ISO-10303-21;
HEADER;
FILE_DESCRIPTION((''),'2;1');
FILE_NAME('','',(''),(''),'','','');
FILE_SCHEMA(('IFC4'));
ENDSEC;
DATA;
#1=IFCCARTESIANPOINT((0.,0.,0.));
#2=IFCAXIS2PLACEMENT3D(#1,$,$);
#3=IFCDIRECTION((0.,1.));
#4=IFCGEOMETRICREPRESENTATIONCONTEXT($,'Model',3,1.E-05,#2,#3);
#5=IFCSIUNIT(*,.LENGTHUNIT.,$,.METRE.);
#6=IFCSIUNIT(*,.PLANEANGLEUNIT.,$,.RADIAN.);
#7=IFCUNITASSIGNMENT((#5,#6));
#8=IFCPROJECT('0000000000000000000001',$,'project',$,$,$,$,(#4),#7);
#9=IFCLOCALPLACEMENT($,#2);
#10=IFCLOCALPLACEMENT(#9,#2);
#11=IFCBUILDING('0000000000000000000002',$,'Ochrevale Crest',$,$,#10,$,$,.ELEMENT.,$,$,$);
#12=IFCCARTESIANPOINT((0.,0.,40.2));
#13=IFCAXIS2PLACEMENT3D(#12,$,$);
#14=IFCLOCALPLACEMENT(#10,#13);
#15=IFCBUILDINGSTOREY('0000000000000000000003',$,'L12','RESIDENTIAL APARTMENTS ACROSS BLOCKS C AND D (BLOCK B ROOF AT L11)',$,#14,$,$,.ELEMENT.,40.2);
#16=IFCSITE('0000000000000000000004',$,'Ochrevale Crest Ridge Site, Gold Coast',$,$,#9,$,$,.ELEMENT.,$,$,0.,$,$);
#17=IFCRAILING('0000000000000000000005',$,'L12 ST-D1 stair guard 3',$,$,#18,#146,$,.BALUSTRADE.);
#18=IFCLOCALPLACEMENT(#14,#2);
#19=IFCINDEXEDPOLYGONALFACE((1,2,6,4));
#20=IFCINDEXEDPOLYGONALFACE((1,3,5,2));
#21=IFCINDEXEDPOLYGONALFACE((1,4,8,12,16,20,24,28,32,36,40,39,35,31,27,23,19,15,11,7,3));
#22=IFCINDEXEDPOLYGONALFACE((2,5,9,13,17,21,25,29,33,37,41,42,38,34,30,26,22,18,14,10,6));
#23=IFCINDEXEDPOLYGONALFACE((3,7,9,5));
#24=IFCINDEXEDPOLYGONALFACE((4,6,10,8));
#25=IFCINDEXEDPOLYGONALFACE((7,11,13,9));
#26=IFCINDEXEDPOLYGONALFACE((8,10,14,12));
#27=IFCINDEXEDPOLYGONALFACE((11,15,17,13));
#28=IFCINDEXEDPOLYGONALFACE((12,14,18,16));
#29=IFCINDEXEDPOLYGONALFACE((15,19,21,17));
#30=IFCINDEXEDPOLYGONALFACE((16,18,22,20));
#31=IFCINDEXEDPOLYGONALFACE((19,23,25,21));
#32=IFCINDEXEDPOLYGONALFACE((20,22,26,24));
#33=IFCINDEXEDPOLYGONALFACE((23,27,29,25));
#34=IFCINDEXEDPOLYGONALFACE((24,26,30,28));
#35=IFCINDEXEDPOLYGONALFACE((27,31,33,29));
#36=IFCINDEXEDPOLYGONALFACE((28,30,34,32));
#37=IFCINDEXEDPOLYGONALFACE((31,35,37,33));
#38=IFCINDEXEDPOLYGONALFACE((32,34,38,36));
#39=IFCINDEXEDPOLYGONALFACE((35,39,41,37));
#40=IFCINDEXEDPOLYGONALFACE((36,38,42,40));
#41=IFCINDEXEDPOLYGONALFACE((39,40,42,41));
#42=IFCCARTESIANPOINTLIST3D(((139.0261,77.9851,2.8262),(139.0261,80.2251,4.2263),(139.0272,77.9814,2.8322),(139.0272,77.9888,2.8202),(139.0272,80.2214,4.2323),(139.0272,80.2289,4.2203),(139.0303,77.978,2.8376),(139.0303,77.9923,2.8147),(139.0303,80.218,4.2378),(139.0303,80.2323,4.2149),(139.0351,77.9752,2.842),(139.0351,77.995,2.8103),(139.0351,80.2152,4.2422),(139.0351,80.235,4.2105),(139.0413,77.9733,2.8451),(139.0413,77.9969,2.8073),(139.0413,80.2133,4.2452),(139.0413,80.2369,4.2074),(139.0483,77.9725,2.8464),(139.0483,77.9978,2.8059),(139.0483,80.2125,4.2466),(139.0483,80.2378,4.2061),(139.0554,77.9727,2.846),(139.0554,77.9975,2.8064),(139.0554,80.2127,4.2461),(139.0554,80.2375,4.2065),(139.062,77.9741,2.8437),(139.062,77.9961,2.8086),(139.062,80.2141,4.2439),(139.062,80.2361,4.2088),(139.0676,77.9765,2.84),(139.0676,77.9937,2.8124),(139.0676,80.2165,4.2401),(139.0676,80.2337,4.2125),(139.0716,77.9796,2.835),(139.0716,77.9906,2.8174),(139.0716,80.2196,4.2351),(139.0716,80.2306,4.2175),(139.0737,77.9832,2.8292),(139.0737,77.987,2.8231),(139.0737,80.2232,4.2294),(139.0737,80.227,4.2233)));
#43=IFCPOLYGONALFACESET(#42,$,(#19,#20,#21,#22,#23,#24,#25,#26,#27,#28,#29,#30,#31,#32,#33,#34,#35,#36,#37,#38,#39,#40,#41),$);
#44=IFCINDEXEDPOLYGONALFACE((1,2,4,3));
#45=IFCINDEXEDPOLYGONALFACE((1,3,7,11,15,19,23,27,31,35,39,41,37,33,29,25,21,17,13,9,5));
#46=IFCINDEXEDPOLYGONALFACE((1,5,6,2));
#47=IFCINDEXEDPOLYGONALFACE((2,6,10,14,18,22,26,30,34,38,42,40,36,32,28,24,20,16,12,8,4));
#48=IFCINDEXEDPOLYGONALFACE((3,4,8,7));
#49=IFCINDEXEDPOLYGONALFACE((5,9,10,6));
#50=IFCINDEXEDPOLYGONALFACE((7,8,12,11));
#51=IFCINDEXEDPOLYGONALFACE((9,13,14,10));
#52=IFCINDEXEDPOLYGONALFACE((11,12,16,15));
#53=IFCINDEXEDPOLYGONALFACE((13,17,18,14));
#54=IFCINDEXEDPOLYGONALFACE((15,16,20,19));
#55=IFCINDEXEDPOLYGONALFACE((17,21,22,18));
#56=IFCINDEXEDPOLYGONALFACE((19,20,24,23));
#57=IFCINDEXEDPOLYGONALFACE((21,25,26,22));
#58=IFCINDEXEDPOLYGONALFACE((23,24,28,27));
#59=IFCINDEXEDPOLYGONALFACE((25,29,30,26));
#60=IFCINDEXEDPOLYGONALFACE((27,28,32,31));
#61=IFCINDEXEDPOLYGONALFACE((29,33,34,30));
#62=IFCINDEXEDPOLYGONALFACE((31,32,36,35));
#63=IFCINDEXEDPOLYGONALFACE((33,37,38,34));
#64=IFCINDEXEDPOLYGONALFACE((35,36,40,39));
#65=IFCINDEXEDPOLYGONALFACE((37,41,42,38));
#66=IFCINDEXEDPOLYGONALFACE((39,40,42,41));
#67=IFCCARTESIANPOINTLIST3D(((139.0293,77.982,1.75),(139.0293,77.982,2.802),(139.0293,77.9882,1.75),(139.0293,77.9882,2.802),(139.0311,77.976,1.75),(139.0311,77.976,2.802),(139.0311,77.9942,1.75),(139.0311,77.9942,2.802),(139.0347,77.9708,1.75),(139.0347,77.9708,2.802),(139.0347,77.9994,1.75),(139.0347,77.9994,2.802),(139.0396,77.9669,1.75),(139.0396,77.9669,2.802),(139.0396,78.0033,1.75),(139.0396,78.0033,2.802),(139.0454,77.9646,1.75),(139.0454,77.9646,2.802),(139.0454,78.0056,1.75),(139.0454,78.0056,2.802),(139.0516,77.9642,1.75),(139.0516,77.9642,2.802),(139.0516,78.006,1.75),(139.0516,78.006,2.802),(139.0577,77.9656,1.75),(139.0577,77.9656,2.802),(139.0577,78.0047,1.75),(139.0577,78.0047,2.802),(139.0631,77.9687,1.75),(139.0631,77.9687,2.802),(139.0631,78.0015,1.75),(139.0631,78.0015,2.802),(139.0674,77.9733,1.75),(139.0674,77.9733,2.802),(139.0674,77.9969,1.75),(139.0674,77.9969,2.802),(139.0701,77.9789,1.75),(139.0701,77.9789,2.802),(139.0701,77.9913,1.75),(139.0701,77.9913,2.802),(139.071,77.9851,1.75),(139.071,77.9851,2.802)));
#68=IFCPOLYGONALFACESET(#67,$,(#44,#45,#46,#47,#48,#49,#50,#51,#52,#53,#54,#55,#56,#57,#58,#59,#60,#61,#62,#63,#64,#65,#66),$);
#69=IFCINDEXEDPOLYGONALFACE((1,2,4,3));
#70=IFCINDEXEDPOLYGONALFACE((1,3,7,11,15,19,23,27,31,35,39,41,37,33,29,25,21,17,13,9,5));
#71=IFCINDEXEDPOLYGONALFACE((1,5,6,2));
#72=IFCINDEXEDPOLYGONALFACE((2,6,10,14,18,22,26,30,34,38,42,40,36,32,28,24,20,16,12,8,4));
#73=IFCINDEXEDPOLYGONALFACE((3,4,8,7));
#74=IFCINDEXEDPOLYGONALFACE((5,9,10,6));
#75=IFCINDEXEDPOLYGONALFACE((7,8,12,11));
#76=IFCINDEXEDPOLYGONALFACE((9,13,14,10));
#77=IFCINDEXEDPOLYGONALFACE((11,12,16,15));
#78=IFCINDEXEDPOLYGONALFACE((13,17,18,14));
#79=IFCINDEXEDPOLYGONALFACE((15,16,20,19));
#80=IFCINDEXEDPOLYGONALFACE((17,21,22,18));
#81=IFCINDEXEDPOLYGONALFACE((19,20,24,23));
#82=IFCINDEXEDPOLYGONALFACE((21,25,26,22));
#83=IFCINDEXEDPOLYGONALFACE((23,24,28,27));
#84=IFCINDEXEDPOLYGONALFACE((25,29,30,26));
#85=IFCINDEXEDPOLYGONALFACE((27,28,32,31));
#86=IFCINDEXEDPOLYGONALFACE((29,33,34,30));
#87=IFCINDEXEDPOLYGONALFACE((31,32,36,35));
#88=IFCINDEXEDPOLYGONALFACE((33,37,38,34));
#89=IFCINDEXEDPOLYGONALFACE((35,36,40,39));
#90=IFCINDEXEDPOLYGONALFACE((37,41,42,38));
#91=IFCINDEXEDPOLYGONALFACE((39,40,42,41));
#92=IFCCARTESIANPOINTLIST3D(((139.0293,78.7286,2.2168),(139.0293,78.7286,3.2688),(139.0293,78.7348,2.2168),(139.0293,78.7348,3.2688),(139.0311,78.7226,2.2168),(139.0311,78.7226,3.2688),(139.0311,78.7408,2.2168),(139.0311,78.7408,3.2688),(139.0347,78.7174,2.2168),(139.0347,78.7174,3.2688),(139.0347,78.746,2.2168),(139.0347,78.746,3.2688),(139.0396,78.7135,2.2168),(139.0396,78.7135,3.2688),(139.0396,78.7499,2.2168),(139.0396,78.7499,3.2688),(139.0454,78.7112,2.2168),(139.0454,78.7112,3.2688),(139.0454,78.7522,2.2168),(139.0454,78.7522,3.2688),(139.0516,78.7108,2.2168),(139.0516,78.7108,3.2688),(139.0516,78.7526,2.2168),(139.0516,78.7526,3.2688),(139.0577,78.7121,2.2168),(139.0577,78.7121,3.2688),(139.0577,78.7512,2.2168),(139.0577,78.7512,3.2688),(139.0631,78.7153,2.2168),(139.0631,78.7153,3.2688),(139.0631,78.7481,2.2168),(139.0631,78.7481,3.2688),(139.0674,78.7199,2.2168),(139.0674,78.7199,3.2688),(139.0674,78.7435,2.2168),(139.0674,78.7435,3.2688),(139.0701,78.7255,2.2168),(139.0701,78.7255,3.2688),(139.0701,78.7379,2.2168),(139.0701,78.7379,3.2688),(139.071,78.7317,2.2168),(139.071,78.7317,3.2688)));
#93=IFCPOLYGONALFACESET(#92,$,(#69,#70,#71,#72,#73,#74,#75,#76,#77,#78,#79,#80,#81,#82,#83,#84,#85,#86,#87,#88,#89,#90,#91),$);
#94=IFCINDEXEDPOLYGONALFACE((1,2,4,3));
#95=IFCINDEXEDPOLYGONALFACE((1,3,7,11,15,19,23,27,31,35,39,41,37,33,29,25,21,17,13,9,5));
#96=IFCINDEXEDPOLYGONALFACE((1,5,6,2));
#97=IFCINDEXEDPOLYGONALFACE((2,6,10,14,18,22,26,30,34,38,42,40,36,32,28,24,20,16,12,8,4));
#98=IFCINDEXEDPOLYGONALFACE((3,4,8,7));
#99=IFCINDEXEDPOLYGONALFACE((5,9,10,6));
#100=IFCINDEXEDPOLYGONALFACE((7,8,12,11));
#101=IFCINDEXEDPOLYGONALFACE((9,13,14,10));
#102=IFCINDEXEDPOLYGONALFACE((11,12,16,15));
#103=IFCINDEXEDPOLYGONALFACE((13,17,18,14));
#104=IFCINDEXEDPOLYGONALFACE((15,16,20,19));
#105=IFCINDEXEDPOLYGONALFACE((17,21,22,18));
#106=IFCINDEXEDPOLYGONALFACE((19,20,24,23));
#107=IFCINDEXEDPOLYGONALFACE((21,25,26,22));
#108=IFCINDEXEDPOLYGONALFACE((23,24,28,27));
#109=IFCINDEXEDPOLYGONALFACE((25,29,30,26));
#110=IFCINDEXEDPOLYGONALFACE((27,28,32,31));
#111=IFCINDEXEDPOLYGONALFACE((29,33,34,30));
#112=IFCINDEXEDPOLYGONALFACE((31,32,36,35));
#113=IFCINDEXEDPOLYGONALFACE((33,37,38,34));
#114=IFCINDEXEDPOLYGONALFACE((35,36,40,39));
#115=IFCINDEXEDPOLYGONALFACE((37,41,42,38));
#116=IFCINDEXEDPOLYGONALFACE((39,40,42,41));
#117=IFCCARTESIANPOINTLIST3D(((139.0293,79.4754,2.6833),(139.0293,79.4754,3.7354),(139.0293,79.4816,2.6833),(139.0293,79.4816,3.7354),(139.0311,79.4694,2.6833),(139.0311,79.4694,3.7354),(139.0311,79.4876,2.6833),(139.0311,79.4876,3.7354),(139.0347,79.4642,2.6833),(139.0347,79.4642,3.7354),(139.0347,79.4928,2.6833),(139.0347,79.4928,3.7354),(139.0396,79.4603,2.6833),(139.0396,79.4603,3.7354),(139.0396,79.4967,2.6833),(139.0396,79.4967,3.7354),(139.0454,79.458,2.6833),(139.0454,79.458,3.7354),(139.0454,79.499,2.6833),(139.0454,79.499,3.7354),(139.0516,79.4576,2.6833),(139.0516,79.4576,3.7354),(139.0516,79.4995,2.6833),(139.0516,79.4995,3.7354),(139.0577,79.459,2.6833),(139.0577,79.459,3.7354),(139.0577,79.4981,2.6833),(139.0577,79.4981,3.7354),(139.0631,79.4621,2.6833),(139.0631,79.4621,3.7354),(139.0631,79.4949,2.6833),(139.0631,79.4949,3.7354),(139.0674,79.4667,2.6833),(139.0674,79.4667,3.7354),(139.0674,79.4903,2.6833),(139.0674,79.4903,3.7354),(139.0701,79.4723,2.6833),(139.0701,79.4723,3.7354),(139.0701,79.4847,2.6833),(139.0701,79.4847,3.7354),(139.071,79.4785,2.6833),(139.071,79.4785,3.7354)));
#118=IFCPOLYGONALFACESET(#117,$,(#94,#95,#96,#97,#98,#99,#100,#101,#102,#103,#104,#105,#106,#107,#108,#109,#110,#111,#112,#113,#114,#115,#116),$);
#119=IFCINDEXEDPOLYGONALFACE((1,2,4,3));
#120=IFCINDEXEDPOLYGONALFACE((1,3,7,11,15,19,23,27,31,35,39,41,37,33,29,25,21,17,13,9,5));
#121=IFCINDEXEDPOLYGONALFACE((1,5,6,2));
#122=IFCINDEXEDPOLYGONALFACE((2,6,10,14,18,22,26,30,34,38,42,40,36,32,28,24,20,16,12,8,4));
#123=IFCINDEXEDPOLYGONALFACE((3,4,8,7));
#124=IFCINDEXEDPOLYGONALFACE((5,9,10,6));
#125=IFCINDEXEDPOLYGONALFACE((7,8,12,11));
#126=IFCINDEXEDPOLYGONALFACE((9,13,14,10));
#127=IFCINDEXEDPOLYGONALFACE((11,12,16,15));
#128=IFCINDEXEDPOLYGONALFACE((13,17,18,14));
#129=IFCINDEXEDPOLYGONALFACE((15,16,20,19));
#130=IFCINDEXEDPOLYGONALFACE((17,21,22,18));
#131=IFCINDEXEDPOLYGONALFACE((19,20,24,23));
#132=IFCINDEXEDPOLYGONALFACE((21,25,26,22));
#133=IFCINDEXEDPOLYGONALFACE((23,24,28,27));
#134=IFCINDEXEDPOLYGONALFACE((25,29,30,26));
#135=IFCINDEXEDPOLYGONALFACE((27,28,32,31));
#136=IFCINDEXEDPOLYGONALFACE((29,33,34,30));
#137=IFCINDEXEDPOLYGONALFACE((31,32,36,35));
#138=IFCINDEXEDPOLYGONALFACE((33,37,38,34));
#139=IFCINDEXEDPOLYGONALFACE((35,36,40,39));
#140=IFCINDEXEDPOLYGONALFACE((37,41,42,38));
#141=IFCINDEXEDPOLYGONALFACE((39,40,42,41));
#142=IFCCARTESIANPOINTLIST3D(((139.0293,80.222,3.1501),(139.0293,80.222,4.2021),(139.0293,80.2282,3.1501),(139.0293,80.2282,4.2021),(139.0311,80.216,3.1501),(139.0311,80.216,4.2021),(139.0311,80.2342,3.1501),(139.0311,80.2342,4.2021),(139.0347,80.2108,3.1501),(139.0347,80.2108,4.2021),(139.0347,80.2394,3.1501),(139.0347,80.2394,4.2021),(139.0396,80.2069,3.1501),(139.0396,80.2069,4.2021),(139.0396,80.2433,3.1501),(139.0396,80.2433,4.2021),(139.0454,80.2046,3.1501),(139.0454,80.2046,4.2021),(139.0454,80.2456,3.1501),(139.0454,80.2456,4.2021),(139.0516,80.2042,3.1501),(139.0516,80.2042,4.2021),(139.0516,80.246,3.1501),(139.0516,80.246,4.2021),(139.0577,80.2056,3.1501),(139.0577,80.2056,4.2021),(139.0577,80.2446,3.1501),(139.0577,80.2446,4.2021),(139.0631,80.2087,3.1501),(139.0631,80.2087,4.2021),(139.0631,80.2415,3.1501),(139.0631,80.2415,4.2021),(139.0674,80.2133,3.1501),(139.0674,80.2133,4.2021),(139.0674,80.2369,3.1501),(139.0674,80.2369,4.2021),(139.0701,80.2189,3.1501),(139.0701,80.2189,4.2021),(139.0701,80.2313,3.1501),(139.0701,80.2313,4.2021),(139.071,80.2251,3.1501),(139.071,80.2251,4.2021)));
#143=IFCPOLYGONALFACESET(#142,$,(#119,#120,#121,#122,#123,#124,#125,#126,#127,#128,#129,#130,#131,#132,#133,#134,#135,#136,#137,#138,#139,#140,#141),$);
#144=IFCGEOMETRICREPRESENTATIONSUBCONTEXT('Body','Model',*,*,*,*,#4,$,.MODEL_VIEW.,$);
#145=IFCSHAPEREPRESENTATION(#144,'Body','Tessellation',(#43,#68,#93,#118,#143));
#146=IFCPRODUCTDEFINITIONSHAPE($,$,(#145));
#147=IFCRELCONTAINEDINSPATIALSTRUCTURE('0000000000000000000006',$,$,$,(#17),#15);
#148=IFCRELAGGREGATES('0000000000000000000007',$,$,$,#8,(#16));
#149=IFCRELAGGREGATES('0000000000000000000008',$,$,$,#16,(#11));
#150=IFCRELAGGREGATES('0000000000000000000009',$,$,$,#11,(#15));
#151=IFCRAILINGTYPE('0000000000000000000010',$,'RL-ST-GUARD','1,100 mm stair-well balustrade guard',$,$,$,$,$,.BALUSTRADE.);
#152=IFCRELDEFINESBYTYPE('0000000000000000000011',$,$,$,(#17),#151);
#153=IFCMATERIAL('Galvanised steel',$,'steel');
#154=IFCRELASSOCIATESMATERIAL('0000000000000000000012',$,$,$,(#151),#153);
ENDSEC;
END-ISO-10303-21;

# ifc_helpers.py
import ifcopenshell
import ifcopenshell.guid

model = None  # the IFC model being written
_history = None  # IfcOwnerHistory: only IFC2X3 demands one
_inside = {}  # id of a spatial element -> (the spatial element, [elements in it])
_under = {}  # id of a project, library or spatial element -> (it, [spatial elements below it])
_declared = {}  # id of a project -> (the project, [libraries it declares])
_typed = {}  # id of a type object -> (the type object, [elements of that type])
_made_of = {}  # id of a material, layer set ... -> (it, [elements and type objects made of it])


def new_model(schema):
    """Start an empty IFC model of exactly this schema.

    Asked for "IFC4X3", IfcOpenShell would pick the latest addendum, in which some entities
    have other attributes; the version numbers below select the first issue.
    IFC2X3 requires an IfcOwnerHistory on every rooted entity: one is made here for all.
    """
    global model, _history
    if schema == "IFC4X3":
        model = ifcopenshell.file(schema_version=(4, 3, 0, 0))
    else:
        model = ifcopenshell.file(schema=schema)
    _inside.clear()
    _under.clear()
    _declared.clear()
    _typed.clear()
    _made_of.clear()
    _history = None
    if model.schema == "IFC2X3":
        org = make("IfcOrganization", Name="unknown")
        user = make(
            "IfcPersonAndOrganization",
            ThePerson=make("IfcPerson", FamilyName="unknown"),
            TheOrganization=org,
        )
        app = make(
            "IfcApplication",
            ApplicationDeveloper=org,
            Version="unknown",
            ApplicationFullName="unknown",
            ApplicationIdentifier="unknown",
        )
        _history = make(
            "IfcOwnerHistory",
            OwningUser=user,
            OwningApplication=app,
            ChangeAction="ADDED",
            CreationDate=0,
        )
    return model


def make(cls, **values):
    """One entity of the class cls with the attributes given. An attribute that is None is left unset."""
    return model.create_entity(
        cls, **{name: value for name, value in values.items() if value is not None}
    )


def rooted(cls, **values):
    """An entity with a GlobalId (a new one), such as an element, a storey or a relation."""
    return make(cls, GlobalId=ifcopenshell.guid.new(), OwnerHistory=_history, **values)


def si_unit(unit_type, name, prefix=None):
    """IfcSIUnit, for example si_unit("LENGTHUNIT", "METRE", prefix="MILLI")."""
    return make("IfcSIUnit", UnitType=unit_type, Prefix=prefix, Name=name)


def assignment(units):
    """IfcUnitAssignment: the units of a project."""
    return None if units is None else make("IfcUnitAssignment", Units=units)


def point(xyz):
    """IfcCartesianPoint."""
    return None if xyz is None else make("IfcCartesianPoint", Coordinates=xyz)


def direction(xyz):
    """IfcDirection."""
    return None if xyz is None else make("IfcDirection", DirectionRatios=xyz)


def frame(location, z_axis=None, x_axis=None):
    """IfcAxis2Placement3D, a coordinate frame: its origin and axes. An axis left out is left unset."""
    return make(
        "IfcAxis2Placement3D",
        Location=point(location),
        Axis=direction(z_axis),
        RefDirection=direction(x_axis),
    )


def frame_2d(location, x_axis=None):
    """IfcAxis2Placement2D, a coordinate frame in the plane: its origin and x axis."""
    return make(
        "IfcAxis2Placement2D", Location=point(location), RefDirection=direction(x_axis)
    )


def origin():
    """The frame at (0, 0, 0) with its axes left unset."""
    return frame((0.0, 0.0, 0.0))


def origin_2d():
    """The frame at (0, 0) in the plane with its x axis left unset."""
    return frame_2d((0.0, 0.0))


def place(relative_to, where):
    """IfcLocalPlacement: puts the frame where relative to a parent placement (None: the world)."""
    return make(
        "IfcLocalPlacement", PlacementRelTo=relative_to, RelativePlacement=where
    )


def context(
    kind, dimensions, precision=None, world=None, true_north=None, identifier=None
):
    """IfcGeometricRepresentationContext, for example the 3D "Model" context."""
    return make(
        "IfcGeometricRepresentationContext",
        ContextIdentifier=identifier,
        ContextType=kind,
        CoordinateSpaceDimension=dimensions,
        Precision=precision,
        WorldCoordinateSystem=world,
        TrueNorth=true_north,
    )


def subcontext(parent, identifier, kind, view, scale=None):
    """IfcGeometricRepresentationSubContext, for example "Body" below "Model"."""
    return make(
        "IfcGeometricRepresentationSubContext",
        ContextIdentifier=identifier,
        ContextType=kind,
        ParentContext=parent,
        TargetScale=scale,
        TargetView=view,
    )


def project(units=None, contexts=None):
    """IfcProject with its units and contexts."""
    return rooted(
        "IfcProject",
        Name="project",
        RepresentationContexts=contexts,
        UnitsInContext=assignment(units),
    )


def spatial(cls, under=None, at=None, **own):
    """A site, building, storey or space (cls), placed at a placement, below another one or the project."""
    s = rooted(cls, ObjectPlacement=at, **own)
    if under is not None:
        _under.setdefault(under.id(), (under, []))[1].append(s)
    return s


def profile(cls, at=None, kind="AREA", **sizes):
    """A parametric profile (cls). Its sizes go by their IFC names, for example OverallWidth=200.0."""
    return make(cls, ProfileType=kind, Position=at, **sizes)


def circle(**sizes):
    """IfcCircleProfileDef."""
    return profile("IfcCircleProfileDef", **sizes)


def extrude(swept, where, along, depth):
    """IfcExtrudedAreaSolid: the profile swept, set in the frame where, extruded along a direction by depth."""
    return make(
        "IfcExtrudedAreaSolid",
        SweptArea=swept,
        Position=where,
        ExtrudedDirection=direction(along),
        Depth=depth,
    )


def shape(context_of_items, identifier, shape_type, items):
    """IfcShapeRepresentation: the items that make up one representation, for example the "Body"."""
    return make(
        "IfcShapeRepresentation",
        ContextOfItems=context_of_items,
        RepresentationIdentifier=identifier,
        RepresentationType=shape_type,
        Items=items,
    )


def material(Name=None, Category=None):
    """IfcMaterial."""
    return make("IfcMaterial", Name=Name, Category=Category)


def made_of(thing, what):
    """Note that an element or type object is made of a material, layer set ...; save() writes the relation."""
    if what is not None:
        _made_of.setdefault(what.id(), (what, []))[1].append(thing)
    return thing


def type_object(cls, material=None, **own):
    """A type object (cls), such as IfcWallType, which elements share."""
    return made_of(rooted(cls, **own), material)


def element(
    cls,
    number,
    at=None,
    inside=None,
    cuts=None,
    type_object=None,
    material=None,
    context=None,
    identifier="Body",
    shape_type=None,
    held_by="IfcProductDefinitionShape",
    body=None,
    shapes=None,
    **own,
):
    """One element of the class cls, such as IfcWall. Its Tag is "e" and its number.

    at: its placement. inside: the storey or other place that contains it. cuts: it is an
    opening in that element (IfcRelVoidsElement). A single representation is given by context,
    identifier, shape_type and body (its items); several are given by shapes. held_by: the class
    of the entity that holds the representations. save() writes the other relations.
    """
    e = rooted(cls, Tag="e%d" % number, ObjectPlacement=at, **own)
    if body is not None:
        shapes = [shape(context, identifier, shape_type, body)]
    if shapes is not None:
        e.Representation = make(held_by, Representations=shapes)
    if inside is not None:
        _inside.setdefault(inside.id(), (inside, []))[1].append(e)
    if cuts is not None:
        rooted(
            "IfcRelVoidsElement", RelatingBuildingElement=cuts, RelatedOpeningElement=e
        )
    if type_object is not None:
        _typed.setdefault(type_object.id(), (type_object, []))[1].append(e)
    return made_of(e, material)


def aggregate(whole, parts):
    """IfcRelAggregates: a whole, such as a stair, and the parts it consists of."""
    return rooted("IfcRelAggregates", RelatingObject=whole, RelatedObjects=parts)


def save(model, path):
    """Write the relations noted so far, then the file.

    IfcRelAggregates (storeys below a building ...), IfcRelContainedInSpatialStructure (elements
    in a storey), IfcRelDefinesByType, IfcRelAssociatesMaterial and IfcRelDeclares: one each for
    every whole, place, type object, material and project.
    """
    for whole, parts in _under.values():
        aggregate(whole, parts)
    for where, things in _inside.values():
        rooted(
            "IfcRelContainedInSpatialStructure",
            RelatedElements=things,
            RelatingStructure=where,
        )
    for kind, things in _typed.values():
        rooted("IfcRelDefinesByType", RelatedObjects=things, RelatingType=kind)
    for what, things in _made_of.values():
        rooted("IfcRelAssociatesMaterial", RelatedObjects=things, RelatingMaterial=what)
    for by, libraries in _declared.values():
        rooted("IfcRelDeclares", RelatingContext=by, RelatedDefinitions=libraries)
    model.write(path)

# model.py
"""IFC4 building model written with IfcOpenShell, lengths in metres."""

from ifc_helpers import new_model, si_unit, direction, frame, origin, origin_2d, place, context, subcontext, project, spatial, circle, extrude, material, type_object, element, save


model = new_model("IFC4")

# Units and contexts
model_context = context("Model", 3, precision=1e-05, world=origin(), true_north=direction((0.0, 1.0)))
body_context = subcontext(model_context, "Body", "Model", "MODEL_VIEW")
ifc_project = project(units=[si_unit("LENGTHUNIT", "METRE"), si_unit("PLANEANGLEUNIT", "RADIAN")], contexts=[model_context])

# Site, building, storey
site_placement = place(None, origin())
site = spatial("IfcSite", under=ifc_project, at=site_placement, Name="Ochrevale Crest Ridge Site, Gold Coast", CompositionType="ELEMENT", RefElevation=0.0)
building_placement = place(site_placement, origin())
building = spatial("IfcBuilding", under=site, at=building_placement, Name="Ochrevale Crest", CompositionType="ELEMENT")
storey_placement = place(building_placement, frame((0.0, 0.0, 40.2)))
storey = spatial("IfcBuildingStorey", under=building, at=storey_placement, Name="L12", Description="RESIDENTIAL APARTMENTS ACROSS BLOCKS C AND D (BLOCK B ROOF AT L11)", CompositionType="ELEMENT", Elevation=40.2)

# Railing
ifc_material_1 = material(Name="Galvanised steel", Category="steel")
railing_type_1 = type_object("IfcRailingType", Name="RL-ST-GUARD", Description="1,100 mm stair-well balustrade guard", PredefinedType="BALUSTRADE", material=ifc_material_1)
railing_1_placement = place(storey_placement, frame((139.05, 77.9851, 1.75)))
element("IfcRailing", 1, at=railing_1_placement, inside=storey, type_object=railing_type_1, Name="L12 ST-D1 stair guard 3", PredefinedType="BALUSTRADE", context=body_context, shape_type="SweptSolid", body=[
    extrude(circle(Radius=0.0239, at=origin_2d()), frame((0.0, 0.0, 1.0762), z_axis=(0.0, 0.847972, 0.53004), x_axis=(-1.0, 0.0, 0.0)), (0.0, 0.0, 1.0), 2.6416),
    extrude(circle(Radius=0.021, at=origin_2d()), origin(), (0.0, 0.0, 1.0), 1.052),
    extrude(circle(Radius=0.021, at=origin_2d()), frame((0.0, 0.7466, 0.4668)), (0.0, 0.0, 1.0), 1.052),
    extrude(circle(Radius=0.021, at=origin_2d()), frame((0.0, 1.4934, 0.9333)), (0.0, 0.0, 1.0), 1.052),
    extrude(circle(Radius=0.021, at=origin_2d()), frame((0.0, 2.24, 1.4001)), (0.0, 0.0, 1.0), 1.052),
])

save(model, "model.ifc")
